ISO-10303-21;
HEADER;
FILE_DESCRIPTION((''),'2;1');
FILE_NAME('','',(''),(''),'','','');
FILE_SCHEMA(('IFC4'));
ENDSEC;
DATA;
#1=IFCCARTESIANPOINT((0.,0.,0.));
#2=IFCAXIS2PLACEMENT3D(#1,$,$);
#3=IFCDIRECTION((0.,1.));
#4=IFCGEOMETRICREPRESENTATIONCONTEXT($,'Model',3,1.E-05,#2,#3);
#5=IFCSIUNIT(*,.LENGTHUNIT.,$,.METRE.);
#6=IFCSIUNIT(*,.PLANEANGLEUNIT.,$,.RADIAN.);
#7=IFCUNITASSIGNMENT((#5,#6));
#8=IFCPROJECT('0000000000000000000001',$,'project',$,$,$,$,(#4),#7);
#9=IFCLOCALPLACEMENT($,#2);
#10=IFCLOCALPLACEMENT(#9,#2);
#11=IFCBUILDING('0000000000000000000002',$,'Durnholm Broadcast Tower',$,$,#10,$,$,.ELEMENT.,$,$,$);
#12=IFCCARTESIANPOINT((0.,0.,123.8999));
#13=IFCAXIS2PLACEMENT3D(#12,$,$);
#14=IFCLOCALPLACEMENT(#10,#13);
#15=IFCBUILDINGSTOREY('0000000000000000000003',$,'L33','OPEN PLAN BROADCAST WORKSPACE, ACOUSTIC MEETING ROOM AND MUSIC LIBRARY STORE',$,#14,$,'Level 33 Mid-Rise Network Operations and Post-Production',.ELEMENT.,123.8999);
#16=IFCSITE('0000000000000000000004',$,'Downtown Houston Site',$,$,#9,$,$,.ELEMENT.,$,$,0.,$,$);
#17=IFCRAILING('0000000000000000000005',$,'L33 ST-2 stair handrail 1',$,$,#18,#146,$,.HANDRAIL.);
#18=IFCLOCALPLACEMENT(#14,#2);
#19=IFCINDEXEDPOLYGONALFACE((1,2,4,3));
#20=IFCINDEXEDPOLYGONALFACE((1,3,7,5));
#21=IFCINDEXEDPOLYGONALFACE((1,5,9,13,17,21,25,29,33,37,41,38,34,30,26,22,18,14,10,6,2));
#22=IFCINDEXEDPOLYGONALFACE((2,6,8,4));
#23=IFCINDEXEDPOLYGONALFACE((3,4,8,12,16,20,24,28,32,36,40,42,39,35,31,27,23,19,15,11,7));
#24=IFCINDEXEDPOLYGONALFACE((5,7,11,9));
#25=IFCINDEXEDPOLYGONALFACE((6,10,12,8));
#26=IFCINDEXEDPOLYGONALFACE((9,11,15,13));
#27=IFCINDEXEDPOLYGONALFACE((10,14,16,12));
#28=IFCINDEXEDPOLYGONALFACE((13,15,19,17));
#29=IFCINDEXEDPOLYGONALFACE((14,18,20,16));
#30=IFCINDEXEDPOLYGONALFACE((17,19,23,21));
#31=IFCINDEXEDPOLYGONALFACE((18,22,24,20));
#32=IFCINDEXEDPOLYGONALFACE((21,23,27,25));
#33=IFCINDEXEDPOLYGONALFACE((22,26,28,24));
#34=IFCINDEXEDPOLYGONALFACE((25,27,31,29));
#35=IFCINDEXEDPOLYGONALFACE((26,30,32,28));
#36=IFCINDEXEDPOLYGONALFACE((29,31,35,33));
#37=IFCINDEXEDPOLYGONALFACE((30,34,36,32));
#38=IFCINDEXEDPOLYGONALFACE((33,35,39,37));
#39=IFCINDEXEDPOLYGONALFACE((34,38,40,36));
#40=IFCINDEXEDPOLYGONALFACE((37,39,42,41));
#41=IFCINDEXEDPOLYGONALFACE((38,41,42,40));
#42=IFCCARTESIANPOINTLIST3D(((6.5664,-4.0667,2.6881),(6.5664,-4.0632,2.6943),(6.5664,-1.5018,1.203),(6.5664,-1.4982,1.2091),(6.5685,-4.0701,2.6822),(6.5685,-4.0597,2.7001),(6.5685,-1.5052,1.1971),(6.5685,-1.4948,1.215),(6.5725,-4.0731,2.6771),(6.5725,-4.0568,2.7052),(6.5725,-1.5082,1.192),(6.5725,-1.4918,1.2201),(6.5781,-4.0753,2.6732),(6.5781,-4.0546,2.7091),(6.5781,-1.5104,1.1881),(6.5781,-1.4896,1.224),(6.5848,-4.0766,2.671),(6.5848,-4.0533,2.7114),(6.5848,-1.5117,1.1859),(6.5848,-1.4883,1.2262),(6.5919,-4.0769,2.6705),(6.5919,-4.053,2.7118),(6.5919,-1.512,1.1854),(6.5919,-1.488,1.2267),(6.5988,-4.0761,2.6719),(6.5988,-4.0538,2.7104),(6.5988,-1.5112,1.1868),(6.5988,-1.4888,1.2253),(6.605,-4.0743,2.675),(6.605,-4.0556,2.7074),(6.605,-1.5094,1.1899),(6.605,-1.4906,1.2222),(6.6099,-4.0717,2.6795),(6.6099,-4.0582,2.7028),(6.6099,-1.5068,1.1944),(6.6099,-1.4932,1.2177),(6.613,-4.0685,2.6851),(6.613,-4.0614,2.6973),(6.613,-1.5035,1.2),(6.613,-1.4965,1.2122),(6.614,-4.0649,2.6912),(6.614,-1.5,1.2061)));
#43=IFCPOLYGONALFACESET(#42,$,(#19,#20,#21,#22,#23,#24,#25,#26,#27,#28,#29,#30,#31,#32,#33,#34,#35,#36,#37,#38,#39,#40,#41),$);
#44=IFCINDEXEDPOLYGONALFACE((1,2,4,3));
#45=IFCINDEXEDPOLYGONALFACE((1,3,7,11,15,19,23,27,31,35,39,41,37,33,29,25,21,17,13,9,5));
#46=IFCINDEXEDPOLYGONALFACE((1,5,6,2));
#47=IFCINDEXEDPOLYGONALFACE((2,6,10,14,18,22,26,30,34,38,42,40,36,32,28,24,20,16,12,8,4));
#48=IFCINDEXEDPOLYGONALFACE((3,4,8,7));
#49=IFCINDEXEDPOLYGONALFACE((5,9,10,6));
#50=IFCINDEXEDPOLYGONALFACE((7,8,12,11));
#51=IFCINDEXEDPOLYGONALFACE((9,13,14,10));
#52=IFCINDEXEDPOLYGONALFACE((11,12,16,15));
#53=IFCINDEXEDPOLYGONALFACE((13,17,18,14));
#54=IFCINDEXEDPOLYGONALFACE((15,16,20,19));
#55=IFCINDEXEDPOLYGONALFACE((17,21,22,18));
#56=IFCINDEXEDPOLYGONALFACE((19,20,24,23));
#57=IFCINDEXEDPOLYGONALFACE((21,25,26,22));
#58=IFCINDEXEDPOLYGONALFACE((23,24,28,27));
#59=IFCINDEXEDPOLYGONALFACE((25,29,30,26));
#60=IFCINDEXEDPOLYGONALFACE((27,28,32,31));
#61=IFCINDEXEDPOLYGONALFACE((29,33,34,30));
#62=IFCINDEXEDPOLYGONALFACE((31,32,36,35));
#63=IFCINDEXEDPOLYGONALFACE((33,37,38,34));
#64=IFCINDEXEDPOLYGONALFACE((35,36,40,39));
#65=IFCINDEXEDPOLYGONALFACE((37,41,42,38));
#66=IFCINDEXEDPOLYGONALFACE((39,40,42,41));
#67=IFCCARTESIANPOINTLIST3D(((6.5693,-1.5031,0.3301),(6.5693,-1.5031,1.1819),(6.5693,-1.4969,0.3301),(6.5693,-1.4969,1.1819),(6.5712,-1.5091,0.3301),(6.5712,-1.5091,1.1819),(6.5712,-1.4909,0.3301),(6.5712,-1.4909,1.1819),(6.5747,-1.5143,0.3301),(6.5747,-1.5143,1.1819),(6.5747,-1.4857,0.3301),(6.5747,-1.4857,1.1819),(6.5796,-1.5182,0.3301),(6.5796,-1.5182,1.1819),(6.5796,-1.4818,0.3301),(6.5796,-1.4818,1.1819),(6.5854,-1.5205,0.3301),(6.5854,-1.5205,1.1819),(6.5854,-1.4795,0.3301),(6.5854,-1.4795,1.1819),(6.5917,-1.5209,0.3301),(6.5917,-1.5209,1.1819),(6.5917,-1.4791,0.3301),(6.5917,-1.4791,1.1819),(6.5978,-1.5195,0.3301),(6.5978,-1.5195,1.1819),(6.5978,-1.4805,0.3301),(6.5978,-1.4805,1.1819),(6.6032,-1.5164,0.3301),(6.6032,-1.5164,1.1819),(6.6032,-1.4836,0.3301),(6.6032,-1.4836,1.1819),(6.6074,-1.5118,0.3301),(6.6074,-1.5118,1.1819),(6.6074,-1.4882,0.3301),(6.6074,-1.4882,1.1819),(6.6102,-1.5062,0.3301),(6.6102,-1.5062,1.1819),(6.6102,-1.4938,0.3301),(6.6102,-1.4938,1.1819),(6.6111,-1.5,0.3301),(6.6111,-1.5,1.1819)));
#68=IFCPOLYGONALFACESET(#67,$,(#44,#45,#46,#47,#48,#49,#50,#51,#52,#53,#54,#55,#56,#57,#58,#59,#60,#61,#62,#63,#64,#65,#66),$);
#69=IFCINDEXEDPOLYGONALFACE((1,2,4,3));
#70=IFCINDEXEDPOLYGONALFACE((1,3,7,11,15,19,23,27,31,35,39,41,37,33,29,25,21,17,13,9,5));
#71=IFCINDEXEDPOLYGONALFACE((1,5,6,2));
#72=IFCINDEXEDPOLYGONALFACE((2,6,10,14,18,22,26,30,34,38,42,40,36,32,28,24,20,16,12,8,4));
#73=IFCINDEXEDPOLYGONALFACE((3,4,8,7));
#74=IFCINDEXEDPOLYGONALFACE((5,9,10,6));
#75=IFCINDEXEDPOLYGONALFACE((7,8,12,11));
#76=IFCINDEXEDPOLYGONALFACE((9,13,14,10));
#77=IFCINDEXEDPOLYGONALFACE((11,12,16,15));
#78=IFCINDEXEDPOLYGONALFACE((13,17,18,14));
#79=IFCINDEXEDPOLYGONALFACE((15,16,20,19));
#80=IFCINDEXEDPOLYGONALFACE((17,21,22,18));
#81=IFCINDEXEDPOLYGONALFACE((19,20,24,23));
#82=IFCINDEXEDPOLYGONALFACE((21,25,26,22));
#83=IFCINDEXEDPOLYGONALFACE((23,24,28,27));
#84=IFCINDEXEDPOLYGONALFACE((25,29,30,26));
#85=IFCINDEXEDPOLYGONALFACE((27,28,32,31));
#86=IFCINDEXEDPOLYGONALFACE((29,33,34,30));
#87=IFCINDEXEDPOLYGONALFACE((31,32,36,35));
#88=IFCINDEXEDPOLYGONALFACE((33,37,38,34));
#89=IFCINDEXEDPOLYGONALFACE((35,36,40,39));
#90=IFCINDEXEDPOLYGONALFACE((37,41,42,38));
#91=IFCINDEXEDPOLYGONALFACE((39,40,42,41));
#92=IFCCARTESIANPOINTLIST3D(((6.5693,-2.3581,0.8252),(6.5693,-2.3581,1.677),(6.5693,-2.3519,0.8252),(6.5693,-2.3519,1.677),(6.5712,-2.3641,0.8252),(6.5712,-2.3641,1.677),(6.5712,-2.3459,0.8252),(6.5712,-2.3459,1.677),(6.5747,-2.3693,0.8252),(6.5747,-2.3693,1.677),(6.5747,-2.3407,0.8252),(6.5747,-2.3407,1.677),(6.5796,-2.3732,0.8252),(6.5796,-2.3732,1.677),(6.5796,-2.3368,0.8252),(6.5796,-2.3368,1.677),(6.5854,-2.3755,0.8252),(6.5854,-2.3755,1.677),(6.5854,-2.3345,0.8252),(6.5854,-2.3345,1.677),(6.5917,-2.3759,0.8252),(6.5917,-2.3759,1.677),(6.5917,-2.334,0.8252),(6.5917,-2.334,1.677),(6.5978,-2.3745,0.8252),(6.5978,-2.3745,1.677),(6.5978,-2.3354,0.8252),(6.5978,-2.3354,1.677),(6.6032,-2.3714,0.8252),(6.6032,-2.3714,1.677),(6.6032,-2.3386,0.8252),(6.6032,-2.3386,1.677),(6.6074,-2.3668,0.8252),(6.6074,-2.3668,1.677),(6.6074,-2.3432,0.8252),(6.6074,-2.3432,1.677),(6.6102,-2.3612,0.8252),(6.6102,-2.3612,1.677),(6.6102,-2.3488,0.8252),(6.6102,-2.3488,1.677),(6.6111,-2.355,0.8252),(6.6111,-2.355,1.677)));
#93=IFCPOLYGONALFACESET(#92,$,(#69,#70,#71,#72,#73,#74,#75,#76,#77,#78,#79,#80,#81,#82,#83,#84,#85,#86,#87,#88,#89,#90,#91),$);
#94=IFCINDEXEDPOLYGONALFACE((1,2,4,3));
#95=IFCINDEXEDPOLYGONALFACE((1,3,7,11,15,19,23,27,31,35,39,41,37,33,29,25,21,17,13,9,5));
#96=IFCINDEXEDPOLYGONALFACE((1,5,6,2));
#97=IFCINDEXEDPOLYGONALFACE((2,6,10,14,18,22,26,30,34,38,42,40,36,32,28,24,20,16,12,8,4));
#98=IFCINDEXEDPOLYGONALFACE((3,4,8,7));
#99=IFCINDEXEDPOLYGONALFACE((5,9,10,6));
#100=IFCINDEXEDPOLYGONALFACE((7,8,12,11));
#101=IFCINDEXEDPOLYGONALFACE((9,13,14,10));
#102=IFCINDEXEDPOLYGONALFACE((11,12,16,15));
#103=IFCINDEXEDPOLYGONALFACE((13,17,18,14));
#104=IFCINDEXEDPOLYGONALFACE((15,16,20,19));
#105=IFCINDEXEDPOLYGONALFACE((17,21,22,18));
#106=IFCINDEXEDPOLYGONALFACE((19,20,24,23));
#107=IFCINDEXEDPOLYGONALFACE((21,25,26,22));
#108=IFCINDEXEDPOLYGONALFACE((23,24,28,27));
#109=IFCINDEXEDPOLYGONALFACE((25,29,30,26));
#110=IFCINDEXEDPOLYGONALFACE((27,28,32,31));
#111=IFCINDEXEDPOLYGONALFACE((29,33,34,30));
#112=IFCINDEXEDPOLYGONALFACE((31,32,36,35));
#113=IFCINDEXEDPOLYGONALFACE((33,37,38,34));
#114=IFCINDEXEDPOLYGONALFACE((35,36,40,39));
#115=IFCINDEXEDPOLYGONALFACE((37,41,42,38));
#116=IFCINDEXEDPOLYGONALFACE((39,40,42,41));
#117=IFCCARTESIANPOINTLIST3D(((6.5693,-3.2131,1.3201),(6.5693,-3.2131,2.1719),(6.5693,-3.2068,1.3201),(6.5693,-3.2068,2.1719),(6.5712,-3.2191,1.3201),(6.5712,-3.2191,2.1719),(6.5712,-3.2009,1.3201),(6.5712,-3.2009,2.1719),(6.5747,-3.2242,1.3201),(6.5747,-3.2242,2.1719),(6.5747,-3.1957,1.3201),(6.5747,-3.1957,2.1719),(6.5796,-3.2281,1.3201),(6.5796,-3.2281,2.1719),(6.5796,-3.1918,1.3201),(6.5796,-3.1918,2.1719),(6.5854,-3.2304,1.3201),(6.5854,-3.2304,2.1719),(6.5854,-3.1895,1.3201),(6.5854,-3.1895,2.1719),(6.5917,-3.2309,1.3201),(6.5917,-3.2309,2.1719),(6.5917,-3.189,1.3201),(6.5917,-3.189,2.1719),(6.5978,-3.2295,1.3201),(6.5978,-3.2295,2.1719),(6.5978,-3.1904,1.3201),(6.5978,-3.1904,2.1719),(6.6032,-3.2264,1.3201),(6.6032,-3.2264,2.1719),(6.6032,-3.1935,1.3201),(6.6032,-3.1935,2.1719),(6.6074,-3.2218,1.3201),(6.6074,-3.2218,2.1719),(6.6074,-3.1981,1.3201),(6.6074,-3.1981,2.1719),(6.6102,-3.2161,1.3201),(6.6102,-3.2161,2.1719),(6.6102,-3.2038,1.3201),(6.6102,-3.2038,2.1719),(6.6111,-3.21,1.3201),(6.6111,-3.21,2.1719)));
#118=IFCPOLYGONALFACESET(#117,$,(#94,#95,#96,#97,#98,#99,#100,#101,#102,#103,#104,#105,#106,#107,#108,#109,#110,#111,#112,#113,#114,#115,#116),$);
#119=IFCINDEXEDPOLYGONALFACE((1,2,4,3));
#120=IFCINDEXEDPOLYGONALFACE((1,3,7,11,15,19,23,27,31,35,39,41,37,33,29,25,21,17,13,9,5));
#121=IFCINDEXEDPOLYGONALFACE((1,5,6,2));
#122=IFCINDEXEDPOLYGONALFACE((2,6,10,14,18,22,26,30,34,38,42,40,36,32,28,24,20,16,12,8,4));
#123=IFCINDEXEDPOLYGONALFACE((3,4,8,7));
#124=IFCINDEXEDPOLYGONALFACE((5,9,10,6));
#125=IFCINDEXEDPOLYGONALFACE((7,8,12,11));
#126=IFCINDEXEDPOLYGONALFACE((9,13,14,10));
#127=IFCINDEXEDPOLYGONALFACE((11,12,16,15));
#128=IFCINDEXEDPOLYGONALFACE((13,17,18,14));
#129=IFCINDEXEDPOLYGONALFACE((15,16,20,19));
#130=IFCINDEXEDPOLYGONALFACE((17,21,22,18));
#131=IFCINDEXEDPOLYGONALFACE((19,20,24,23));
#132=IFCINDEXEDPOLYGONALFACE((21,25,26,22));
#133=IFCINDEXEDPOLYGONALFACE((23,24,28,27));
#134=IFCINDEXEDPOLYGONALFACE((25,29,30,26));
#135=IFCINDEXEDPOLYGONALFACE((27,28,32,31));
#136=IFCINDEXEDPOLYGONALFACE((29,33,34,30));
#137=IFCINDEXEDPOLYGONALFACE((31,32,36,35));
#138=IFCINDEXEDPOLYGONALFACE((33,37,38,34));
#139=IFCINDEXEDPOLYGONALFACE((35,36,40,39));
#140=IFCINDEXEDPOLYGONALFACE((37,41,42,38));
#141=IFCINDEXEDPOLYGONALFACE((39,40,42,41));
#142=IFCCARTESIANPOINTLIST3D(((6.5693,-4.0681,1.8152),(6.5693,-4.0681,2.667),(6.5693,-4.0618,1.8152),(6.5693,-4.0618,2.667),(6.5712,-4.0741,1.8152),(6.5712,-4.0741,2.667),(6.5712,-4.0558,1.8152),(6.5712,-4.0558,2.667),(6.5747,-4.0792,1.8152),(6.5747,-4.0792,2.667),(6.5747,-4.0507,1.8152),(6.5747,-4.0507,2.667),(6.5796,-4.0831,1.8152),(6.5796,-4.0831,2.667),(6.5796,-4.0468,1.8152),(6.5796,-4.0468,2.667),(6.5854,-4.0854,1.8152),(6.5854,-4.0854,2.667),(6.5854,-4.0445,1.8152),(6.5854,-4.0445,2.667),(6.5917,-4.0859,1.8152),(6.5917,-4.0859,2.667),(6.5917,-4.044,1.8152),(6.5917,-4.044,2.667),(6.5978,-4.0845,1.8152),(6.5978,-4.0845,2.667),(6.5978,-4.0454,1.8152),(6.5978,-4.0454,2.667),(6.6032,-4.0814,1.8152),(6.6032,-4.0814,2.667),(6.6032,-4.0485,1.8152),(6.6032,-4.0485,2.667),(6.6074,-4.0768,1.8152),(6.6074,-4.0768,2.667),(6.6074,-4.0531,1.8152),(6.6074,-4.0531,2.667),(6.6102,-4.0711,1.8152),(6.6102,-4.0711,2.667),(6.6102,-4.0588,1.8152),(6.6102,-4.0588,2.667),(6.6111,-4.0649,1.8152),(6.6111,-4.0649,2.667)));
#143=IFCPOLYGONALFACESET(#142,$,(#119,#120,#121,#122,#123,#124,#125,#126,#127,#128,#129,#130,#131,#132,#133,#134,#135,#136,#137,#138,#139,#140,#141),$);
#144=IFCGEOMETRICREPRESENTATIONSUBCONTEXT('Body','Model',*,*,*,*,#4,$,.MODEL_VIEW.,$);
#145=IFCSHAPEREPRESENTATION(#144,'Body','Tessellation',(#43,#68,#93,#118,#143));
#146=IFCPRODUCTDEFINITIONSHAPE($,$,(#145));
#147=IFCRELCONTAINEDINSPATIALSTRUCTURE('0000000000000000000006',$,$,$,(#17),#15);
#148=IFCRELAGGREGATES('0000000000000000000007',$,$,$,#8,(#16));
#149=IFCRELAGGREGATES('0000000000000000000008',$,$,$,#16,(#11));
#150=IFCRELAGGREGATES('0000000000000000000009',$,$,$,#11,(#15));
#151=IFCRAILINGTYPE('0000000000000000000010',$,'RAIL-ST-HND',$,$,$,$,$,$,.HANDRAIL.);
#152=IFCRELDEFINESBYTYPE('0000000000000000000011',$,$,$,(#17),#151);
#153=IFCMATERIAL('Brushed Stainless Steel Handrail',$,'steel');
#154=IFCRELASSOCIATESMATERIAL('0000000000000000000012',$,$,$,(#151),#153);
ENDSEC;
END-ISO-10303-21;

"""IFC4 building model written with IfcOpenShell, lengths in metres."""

from ifc_helpers import new_model, si_unit, direction, frame, origin, origin_2d, place, context, subcontext, project, spatial, circle, extrude, material, type_object, element, save


model = new_model("IFC4")

# Units and contexts
model_context = context("Model", 3, precision=1e-05, world=origin(), true_north=direction((0.0, 1.0)))
body_context = subcontext(model_context, "Body", "Model", "MODEL_VIEW")
ifc_project = project(units=[si_unit("LENGTHUNIT", "METRE"), si_unit("PLANEANGLEUNIT", "RADIAN")], contexts=[model_context])

# Site, building, storey
site_placement = place(None, origin())
site = spatial("IfcSite", under=ifc_project, at=site_placement, Name="Downtown Houston Site", CompositionType="ELEMENT", RefElevation=0.0)
building_placement = place(site_placement, origin())
building = spatial("IfcBuilding", under=site, at=building_placement, Name="Durnholm Broadcast Tower", CompositionType="ELEMENT")
storey_placement = place(building_placement, frame((0.0, 0.0, 123.8999)))
storey = spatial("IfcBuildingStorey", under=building, at=storey_placement, Name="L33", Description="OPEN PLAN BROADCAST WORKSPACE, ACOUSTIC MEETING ROOM AND MUSIC LIBRARY STORE", LongName="Level 33 Mid-Rise Network Operations and Post-Production", CompositionType="ELEMENT", Elevation=123.8999)

# Railing
ifc_material_1 = material(Name="Brushed Stainless Steel Handrail", Category="steel")
railing_type_1 = type_object("IfcRailingType", Name="RAIL-ST-HND", PredefinedType="HANDRAIL", material=ifc_material_1)
railing_1_placement = place(storey_placement, frame((6.5901, -1.5, 0.3301)))
element("IfcRailing", 1, at=railing_1_placement, inside=storey, type_object=railing_type_1, Name="L33 ST-2 stair handrail 1", PredefinedType="HANDRAIL", context=body_context, shape_type="SweptSolid", body=[
    extrude(circle(Radius=0.0239, at=origin_2d()), frame((0.0, 0.0, 0.876), z_axis=(0.0, -0.865406, 0.501072), x_axis=(1.0, 0.0, 0.0)), (0.0, 0.0, 1.0), 2.9639),
    extrude(circle(Radius=0.021, at=origin_2d()), origin(), (0.0, 0.0, 1.0), 0.8518),
    extrude(circle(Radius=0.021, at=origin_2d()), frame((0.0, -0.855, 0.4951)), (0.0, 0.0, 1.0), 0.8518),
    extrude(circle(Radius=0.021, at=origin_2d()), frame((0.0, -1.71, 0.99)), (0.0, 0.0, 1.0), 0.8518),
    extrude(circle(Radius=0.021, at=origin_2d()), frame((0.0, -2.5649, 1.4851)), (0.0, 0.0, 1.0), 0.8518),
])

save(model, "model.ifc")
